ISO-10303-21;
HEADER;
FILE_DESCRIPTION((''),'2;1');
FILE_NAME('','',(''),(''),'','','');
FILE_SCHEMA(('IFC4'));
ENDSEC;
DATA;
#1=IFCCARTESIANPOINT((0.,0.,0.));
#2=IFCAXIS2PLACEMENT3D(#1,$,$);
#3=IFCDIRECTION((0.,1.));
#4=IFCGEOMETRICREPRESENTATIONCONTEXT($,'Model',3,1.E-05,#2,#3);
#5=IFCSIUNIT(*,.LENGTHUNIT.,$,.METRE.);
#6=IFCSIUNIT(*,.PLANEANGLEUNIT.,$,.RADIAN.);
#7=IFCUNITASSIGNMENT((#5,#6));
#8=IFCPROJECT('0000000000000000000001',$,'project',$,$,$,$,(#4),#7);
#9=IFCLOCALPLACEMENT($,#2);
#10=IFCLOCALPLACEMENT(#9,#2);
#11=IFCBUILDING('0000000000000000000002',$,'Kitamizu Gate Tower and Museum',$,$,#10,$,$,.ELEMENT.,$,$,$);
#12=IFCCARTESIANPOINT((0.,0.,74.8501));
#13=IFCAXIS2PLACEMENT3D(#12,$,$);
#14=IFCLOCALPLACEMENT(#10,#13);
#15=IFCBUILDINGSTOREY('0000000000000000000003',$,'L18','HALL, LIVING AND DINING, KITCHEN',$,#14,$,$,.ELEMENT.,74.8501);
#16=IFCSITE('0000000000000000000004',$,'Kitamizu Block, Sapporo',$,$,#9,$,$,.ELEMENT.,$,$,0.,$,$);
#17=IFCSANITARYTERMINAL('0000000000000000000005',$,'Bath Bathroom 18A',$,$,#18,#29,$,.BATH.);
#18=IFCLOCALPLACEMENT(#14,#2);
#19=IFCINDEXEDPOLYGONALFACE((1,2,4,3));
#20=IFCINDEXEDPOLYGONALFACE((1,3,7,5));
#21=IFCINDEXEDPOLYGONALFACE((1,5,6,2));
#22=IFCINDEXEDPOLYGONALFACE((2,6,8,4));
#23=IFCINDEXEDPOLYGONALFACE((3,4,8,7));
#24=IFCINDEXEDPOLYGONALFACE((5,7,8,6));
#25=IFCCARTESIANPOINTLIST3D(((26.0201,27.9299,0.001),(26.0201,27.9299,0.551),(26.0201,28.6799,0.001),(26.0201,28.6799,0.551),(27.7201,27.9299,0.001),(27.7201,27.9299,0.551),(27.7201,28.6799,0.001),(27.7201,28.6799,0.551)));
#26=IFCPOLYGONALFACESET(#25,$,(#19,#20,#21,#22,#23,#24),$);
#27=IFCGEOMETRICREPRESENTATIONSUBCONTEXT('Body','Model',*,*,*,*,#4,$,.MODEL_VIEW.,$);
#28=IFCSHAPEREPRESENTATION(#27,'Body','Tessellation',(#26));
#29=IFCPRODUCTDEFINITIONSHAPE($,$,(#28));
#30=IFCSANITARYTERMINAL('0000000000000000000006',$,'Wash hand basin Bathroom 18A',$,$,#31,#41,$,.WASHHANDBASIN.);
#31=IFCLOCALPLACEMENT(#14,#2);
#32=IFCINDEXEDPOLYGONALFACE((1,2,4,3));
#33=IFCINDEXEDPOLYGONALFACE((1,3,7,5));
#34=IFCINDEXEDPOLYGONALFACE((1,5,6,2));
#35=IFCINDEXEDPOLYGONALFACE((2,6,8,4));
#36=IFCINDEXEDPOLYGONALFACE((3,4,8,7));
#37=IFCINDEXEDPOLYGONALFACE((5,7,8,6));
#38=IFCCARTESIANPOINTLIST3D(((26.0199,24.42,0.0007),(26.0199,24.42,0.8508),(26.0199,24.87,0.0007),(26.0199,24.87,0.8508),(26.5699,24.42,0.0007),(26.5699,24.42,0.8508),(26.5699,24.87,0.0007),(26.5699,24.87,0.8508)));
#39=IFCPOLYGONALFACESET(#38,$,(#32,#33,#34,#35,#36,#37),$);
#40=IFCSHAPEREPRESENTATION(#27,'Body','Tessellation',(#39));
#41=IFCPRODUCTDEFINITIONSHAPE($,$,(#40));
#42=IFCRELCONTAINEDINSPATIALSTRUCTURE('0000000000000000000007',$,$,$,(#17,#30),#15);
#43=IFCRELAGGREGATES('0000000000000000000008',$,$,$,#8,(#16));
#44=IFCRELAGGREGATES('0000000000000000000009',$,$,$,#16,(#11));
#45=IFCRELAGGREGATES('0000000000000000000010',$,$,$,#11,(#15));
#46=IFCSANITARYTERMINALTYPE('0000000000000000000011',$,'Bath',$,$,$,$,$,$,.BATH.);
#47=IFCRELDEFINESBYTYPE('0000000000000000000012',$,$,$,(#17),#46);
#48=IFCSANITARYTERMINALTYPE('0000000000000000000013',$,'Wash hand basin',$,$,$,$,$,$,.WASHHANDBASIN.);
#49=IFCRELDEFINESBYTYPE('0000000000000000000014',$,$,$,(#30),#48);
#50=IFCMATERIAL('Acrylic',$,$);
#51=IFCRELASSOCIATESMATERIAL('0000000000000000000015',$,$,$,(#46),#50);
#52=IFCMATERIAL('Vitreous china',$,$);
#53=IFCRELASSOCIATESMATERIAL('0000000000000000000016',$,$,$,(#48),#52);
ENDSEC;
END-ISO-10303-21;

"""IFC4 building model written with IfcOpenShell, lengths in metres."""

from ifc_helpers import new_model, si_unit, direction, frame, origin, origin_2d, place, context, subcontext, project, spatial, rectangle, extrude, material, type_object, element, save


model = new_model("IFC4")

# Units and contexts
model_context = context("Model", 3, precision=1e-05, world=origin(), true_north=direction((0.0, 1.0)))
body_context = subcontext(model_context, "Body", "Model", "MODEL_VIEW")
ifc_project = project(units=[si_unit("LENGTHUNIT", "METRE"), si_unit("PLANEANGLEUNIT", "RADIAN")], contexts=[model_context])

# Site, building, storey
site_placement = place(None, origin())
site = spatial("IfcSite", under=ifc_project, at=site_placement, Name="Kitamizu Block, Sapporo", CompositionType="ELEMENT", RefElevation=0.0)
building_placement = place(site_placement, origin())
building = spatial("IfcBuilding", under=site, at=building_placement, Name="Kitamizu Gate Tower and Museum", CompositionType="ELEMENT")
storey_placement = place(building_placement, frame((0.0, 0.0, 74.8501)))
storey = spatial("IfcBuildingStorey", under=building, at=storey_placement, Name="L18", Description="HALL, LIVING AND DINING, KITCHEN", CompositionType="ELEMENT", Elevation=74.8501)

# Sanitary terminals
ifc_material_1 = material(Name="Acrylic")
sanitary_terminal_type_1 = type_object("IfcSanitaryTerminalType", Name="Bath", PredefinedType="BATH", material=ifc_material_1)
sanitary_terminal_1_placement = place(storey_placement, frame((26.8701, 28.3049, 0.001), z_axis=(0.0, 0.0, 1.0), x_axis=(1.0, 0.0, 0.0)))
element("IfcSanitaryTerminal", 1, at=sanitary_terminal_1_placement, inside=storey, type_object=sanitary_terminal_type_1, Name="Bath Bathroom 18A", PredefinedType="BATH", context=body_context, shape_type="SweptSolid", body=[
    extrude(rectangle(XDim=1.7, YDim=0.75, at=origin_2d()), origin(), (0.0, 0.0, 1.0), 0.55),
])
ifc_material_2 = material(Name="Vitreous china")
sanitary_terminal_type_2 = type_object("IfcSanitaryTerminalType", Name="Wash hand basin", PredefinedType="WASHHANDBASIN", material=ifc_material_2)
sanitary_terminal_2_placement = place(storey_placement, frame((26.2949, 24.645, 0.0007), z_axis=(0.0, 0.0, 1.0), x_axis=(1.0, 0.0, 0.0)))
element("IfcSanitaryTerminal", 2, at=sanitary_terminal_2_placement, inside=storey, type_object=sanitary_terminal_type_2, Name="Wash hand basin Bathroom 18A", PredefinedType="WASHHANDBASIN", context=body_context, shape_type="SweptSolid", body=[
    extrude(rectangle(XDim=0.55, YDim=0.45, at=origin_2d()), origin(), (0.0, 0.0, 1.0), 0.8501),
])

save(model, "model.ifc")
